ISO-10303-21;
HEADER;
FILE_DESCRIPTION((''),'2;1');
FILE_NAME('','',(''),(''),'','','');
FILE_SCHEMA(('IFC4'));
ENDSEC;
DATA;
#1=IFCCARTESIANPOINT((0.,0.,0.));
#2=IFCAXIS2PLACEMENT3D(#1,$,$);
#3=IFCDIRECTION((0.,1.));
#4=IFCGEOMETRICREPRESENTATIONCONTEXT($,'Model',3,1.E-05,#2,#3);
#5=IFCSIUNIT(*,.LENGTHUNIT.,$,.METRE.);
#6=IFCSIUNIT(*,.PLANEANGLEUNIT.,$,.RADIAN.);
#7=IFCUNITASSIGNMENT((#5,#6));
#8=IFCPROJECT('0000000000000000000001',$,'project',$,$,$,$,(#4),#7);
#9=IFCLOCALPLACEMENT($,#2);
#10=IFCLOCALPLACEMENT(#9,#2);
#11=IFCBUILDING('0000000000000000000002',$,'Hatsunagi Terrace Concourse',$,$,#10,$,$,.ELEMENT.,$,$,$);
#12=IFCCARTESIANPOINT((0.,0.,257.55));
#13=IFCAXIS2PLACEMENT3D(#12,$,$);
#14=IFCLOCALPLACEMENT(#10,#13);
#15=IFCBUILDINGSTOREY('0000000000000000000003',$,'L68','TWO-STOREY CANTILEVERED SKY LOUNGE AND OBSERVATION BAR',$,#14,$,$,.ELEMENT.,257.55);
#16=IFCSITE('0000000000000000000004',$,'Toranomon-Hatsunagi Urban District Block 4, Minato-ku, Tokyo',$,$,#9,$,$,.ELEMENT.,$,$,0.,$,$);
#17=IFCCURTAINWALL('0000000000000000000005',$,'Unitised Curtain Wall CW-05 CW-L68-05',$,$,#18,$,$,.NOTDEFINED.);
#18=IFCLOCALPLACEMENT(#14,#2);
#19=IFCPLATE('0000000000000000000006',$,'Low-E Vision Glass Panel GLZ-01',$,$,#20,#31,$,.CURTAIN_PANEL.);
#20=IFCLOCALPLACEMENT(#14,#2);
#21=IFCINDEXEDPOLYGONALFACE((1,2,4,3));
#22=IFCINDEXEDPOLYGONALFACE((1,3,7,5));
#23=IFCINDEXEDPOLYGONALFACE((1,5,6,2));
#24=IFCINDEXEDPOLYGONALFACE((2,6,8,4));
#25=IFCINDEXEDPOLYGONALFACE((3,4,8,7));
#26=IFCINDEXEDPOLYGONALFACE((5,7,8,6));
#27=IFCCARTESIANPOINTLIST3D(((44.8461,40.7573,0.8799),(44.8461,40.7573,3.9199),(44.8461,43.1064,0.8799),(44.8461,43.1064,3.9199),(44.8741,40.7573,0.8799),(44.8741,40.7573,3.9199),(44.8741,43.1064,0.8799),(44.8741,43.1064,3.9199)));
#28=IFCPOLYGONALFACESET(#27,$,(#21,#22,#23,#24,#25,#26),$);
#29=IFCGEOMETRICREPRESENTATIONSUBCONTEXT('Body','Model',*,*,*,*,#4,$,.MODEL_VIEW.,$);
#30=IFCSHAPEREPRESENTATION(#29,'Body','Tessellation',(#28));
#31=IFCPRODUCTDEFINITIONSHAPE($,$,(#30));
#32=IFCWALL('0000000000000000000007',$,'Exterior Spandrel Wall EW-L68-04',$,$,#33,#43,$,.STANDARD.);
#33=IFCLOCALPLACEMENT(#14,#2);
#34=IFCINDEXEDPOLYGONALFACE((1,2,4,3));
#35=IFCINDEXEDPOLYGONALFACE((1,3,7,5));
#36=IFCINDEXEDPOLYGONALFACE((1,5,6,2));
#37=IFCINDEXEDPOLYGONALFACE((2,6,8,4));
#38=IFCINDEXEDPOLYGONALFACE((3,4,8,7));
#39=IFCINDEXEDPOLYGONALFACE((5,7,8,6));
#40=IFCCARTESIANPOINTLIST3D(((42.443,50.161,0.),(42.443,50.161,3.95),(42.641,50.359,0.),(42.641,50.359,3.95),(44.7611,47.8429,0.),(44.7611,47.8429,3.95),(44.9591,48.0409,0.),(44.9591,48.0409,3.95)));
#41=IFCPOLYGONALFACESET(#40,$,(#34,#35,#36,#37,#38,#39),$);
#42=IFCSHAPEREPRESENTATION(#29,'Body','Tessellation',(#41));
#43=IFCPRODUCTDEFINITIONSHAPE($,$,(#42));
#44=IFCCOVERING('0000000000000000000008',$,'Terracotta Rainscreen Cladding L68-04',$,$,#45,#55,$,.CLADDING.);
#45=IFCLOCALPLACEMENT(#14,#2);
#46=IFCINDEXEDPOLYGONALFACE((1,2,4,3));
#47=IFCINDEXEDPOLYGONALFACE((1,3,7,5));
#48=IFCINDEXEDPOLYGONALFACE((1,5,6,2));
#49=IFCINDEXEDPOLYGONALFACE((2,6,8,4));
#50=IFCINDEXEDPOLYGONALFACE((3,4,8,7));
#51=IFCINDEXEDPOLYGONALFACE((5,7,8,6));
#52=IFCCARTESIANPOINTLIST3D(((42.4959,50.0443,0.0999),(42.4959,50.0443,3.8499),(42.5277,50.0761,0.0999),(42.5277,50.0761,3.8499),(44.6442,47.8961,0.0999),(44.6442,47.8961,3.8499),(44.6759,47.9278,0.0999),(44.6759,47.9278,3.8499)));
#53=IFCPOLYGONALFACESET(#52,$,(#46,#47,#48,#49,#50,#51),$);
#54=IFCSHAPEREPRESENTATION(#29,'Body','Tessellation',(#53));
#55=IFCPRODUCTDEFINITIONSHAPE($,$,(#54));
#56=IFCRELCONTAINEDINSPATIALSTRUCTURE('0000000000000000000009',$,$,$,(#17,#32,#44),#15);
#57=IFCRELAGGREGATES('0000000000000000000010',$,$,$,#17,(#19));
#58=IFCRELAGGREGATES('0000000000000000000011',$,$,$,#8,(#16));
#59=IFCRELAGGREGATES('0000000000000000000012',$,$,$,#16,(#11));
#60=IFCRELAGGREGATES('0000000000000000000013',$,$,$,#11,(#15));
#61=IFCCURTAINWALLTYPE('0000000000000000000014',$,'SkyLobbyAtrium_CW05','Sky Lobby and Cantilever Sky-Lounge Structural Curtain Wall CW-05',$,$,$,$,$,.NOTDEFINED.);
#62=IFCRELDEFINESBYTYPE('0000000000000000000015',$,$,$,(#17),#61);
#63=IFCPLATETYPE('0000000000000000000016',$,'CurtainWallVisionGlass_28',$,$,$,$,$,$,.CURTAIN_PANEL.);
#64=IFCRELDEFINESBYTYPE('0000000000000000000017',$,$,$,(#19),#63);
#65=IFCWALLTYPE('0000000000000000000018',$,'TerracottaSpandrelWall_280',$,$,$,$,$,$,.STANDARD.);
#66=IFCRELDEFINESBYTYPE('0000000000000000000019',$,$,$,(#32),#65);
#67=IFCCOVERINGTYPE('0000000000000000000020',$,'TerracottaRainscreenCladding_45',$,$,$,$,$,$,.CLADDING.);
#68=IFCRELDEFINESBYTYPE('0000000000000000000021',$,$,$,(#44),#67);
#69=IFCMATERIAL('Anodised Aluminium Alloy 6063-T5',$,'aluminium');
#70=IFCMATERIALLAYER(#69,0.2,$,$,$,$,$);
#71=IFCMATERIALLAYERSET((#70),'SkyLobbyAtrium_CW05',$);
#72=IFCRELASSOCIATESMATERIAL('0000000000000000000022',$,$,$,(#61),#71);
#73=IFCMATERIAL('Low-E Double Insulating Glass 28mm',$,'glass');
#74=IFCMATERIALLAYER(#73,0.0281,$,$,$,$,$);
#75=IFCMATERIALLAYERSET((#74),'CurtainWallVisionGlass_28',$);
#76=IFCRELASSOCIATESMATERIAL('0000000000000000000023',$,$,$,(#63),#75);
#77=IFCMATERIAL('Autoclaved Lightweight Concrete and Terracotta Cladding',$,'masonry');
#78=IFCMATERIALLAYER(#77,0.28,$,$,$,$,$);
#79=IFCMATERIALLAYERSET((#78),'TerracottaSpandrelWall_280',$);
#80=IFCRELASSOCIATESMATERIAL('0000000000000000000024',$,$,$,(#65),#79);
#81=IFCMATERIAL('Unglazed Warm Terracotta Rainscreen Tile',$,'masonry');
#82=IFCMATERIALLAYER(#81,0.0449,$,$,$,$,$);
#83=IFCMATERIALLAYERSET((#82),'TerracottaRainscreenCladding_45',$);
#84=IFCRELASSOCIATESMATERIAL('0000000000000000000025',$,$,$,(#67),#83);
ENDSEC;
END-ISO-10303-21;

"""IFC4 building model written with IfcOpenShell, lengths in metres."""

from ifc_helpers import new_model, si_unit, direction, frame, frame_2d, origin, origin_2d, place, context, subcontext, project, spatial, rectangle, extrude, material, layer, layer_set, type_object, element, aggregate, save


model = new_model("IFC4")

# Units and contexts
model_context = context("Model", 3, precision=1e-05, world=origin(), true_north=direction((0.0, 1.0)))
body_context = subcontext(model_context, "Body", "Model", "MODEL_VIEW")
ifc_project = project(units=[si_unit("LENGTHUNIT", "METRE"), si_unit("PLANEANGLEUNIT", "RADIAN")], contexts=[model_context])

# Site, building, storey
site_placement = place(None, origin())
site = spatial("IfcSite", under=ifc_project, at=site_placement, Name="Toranomon-Hatsunagi Urban District Block 4, Minato-ku, Tokyo", CompositionType="ELEMENT", RefElevation=0.0)
building_placement = place(site_placement, origin())
building = spatial("IfcBuilding", under=site, at=building_placement, Name="Hatsunagi Terrace Concourse", CompositionType="ELEMENT")
storey_placement = place(building_placement, frame((0.0, 0.0, 257.55)))
storey = spatial("IfcBuildingStorey", under=building, at=storey_placement, Name="L68", Description="TWO-STOREY CANTILEVERED SKY LOUNGE AND OBSERVATION BAR", CompositionType="ELEMENT", Elevation=257.55)

# Shared definitions
ifc_material_1 = material(Name="Anodised Aluminium Alloy 6063-T5", Category="aluminium")
ifc_layer_1 = layer(ifc_material_1, 0.2)
ifc_layer_set_1 = layer_set([ifc_layer_1], Name="SkyLobbyAtrium_CW05")
curtain_wall_type = type_object("IfcCurtainWallType", Name="SkyLobbyAtrium_CW05", Description="Sky Lobby and Cantilever Sky-Lounge Structural Curtain Wall CW-05", PredefinedType="NOTDEFINED", material=ifc_layer_set_1)

# Curtain wall
curtain_wall_1_placement = place(storey_placement, origin())
curtain_wall_1 = element("IfcCurtainWall", 1, at=curtain_wall_1_placement, inside=storey, type_object=curtain_wall_type, Name="Unitised Curtain Wall CW-05 CW-L68-05", PredefinedType="NOTDEFINED")

# Plate
ifc_material_2 = material(Name="Low-E Double Insulating Glass 28mm", Category="glass")
ifc_layer_2 = layer(ifc_material_2, 0.0281)
ifc_layer_set_2 = layer_set([ifc_layer_2], Name="CurtainWallVisionGlass_28")
plate_type_1 = type_object("IfcPlateType", Name="CurtainWallVisionGlass_28", PredefinedType="CURTAIN_PANEL", material=ifc_layer_set_2)
plate_1_placement = place(storey_placement, frame((44.8601, 41.9319, 0.8799), z_axis=(0.0, 0.0, 1.0), x_axis=(0.0, -1.0, 0.0)))
plate_1 = element("IfcPlate", 2, at=plate_1_placement, type_object=plate_type_1, Name="Low-E Vision Glass Panel GLZ-01", PredefinedType="CURTAIN_PANEL", context=body_context, shape_type="SweptSolid", body=[
    extrude(rectangle(XDim=2.3491, YDim=0.0281, at=origin_2d()), origin(), (0.0, 0.0, 1.0), 3.04),
])
aggregate(curtain_wall_1, [plate_1])

# Wall
ifc_material_3 = material(Name="Autoclaved Lightweight Concrete and Terracotta Cladding", Category="masonry")
ifc_layer_3 = layer(ifc_material_3, 0.28)
ifc_layer_set_3 = layer_set([ifc_layer_3], Name="TerracottaSpandrelWall_280")
wall_type = type_object("IfcWallType", Name="TerracottaSpandrelWall_280", PredefinedType="STANDARD", material=ifc_layer_set_3)
wall_placement = place(storey_placement, frame((42.542, 50.26, 0.0), z_axis=(0.0, 0.0, 1.0), x_axis=(0.707107, -0.707107, 0.0)))
element("IfcWall", 3, at=wall_placement, inside=storey, type_object=wall_type, Name="Exterior Spandrel Wall EW-L68-04", PredefinedType="STANDARD", context=body_context, shape_type="SweptSolid", body=[
    extrude(rectangle(XDim=3.2783, YDim=0.28, at=frame_2d((1.6392, 0.0))), origin(), (0.0, 0.0, 1.0), 3.95),
])

# Covering
ifc_material_4 = material(Name="Unglazed Warm Terracotta Rainscreen Tile", Category="masonry")
ifc_layer_4 = layer(ifc_material_4, 0.0449)
ifc_layer_set_4 = layer_set([ifc_layer_4], Name="TerracottaRainscreenCladding_45")
covering_type = type_object("IfcCoveringType", Name="TerracottaRainscreenCladding_45", PredefinedType="CLADDING", material=ifc_layer_set_4)
covering_placement = place(storey_placement, frame((43.5859, 48.9861, 0.0999), z_axis=(0.0, 0.0, 1.0), x_axis=(0.707107, -0.707107, 0.0)))
element("IfcCovering", 4, at=covering_placement, inside=storey, type_object=covering_type, Name="Terracotta Rainscreen Cladding L68-04", PredefinedType="CLADDING", context=body_context, shape_type="SweptSolid", body=[
    extrude(rectangle(XDim=3.0381, YDim=0.0449, at=origin_2d()), origin(), (0.0, 0.0, 1.0), 3.75),
])

save(model, "model.ifc")
